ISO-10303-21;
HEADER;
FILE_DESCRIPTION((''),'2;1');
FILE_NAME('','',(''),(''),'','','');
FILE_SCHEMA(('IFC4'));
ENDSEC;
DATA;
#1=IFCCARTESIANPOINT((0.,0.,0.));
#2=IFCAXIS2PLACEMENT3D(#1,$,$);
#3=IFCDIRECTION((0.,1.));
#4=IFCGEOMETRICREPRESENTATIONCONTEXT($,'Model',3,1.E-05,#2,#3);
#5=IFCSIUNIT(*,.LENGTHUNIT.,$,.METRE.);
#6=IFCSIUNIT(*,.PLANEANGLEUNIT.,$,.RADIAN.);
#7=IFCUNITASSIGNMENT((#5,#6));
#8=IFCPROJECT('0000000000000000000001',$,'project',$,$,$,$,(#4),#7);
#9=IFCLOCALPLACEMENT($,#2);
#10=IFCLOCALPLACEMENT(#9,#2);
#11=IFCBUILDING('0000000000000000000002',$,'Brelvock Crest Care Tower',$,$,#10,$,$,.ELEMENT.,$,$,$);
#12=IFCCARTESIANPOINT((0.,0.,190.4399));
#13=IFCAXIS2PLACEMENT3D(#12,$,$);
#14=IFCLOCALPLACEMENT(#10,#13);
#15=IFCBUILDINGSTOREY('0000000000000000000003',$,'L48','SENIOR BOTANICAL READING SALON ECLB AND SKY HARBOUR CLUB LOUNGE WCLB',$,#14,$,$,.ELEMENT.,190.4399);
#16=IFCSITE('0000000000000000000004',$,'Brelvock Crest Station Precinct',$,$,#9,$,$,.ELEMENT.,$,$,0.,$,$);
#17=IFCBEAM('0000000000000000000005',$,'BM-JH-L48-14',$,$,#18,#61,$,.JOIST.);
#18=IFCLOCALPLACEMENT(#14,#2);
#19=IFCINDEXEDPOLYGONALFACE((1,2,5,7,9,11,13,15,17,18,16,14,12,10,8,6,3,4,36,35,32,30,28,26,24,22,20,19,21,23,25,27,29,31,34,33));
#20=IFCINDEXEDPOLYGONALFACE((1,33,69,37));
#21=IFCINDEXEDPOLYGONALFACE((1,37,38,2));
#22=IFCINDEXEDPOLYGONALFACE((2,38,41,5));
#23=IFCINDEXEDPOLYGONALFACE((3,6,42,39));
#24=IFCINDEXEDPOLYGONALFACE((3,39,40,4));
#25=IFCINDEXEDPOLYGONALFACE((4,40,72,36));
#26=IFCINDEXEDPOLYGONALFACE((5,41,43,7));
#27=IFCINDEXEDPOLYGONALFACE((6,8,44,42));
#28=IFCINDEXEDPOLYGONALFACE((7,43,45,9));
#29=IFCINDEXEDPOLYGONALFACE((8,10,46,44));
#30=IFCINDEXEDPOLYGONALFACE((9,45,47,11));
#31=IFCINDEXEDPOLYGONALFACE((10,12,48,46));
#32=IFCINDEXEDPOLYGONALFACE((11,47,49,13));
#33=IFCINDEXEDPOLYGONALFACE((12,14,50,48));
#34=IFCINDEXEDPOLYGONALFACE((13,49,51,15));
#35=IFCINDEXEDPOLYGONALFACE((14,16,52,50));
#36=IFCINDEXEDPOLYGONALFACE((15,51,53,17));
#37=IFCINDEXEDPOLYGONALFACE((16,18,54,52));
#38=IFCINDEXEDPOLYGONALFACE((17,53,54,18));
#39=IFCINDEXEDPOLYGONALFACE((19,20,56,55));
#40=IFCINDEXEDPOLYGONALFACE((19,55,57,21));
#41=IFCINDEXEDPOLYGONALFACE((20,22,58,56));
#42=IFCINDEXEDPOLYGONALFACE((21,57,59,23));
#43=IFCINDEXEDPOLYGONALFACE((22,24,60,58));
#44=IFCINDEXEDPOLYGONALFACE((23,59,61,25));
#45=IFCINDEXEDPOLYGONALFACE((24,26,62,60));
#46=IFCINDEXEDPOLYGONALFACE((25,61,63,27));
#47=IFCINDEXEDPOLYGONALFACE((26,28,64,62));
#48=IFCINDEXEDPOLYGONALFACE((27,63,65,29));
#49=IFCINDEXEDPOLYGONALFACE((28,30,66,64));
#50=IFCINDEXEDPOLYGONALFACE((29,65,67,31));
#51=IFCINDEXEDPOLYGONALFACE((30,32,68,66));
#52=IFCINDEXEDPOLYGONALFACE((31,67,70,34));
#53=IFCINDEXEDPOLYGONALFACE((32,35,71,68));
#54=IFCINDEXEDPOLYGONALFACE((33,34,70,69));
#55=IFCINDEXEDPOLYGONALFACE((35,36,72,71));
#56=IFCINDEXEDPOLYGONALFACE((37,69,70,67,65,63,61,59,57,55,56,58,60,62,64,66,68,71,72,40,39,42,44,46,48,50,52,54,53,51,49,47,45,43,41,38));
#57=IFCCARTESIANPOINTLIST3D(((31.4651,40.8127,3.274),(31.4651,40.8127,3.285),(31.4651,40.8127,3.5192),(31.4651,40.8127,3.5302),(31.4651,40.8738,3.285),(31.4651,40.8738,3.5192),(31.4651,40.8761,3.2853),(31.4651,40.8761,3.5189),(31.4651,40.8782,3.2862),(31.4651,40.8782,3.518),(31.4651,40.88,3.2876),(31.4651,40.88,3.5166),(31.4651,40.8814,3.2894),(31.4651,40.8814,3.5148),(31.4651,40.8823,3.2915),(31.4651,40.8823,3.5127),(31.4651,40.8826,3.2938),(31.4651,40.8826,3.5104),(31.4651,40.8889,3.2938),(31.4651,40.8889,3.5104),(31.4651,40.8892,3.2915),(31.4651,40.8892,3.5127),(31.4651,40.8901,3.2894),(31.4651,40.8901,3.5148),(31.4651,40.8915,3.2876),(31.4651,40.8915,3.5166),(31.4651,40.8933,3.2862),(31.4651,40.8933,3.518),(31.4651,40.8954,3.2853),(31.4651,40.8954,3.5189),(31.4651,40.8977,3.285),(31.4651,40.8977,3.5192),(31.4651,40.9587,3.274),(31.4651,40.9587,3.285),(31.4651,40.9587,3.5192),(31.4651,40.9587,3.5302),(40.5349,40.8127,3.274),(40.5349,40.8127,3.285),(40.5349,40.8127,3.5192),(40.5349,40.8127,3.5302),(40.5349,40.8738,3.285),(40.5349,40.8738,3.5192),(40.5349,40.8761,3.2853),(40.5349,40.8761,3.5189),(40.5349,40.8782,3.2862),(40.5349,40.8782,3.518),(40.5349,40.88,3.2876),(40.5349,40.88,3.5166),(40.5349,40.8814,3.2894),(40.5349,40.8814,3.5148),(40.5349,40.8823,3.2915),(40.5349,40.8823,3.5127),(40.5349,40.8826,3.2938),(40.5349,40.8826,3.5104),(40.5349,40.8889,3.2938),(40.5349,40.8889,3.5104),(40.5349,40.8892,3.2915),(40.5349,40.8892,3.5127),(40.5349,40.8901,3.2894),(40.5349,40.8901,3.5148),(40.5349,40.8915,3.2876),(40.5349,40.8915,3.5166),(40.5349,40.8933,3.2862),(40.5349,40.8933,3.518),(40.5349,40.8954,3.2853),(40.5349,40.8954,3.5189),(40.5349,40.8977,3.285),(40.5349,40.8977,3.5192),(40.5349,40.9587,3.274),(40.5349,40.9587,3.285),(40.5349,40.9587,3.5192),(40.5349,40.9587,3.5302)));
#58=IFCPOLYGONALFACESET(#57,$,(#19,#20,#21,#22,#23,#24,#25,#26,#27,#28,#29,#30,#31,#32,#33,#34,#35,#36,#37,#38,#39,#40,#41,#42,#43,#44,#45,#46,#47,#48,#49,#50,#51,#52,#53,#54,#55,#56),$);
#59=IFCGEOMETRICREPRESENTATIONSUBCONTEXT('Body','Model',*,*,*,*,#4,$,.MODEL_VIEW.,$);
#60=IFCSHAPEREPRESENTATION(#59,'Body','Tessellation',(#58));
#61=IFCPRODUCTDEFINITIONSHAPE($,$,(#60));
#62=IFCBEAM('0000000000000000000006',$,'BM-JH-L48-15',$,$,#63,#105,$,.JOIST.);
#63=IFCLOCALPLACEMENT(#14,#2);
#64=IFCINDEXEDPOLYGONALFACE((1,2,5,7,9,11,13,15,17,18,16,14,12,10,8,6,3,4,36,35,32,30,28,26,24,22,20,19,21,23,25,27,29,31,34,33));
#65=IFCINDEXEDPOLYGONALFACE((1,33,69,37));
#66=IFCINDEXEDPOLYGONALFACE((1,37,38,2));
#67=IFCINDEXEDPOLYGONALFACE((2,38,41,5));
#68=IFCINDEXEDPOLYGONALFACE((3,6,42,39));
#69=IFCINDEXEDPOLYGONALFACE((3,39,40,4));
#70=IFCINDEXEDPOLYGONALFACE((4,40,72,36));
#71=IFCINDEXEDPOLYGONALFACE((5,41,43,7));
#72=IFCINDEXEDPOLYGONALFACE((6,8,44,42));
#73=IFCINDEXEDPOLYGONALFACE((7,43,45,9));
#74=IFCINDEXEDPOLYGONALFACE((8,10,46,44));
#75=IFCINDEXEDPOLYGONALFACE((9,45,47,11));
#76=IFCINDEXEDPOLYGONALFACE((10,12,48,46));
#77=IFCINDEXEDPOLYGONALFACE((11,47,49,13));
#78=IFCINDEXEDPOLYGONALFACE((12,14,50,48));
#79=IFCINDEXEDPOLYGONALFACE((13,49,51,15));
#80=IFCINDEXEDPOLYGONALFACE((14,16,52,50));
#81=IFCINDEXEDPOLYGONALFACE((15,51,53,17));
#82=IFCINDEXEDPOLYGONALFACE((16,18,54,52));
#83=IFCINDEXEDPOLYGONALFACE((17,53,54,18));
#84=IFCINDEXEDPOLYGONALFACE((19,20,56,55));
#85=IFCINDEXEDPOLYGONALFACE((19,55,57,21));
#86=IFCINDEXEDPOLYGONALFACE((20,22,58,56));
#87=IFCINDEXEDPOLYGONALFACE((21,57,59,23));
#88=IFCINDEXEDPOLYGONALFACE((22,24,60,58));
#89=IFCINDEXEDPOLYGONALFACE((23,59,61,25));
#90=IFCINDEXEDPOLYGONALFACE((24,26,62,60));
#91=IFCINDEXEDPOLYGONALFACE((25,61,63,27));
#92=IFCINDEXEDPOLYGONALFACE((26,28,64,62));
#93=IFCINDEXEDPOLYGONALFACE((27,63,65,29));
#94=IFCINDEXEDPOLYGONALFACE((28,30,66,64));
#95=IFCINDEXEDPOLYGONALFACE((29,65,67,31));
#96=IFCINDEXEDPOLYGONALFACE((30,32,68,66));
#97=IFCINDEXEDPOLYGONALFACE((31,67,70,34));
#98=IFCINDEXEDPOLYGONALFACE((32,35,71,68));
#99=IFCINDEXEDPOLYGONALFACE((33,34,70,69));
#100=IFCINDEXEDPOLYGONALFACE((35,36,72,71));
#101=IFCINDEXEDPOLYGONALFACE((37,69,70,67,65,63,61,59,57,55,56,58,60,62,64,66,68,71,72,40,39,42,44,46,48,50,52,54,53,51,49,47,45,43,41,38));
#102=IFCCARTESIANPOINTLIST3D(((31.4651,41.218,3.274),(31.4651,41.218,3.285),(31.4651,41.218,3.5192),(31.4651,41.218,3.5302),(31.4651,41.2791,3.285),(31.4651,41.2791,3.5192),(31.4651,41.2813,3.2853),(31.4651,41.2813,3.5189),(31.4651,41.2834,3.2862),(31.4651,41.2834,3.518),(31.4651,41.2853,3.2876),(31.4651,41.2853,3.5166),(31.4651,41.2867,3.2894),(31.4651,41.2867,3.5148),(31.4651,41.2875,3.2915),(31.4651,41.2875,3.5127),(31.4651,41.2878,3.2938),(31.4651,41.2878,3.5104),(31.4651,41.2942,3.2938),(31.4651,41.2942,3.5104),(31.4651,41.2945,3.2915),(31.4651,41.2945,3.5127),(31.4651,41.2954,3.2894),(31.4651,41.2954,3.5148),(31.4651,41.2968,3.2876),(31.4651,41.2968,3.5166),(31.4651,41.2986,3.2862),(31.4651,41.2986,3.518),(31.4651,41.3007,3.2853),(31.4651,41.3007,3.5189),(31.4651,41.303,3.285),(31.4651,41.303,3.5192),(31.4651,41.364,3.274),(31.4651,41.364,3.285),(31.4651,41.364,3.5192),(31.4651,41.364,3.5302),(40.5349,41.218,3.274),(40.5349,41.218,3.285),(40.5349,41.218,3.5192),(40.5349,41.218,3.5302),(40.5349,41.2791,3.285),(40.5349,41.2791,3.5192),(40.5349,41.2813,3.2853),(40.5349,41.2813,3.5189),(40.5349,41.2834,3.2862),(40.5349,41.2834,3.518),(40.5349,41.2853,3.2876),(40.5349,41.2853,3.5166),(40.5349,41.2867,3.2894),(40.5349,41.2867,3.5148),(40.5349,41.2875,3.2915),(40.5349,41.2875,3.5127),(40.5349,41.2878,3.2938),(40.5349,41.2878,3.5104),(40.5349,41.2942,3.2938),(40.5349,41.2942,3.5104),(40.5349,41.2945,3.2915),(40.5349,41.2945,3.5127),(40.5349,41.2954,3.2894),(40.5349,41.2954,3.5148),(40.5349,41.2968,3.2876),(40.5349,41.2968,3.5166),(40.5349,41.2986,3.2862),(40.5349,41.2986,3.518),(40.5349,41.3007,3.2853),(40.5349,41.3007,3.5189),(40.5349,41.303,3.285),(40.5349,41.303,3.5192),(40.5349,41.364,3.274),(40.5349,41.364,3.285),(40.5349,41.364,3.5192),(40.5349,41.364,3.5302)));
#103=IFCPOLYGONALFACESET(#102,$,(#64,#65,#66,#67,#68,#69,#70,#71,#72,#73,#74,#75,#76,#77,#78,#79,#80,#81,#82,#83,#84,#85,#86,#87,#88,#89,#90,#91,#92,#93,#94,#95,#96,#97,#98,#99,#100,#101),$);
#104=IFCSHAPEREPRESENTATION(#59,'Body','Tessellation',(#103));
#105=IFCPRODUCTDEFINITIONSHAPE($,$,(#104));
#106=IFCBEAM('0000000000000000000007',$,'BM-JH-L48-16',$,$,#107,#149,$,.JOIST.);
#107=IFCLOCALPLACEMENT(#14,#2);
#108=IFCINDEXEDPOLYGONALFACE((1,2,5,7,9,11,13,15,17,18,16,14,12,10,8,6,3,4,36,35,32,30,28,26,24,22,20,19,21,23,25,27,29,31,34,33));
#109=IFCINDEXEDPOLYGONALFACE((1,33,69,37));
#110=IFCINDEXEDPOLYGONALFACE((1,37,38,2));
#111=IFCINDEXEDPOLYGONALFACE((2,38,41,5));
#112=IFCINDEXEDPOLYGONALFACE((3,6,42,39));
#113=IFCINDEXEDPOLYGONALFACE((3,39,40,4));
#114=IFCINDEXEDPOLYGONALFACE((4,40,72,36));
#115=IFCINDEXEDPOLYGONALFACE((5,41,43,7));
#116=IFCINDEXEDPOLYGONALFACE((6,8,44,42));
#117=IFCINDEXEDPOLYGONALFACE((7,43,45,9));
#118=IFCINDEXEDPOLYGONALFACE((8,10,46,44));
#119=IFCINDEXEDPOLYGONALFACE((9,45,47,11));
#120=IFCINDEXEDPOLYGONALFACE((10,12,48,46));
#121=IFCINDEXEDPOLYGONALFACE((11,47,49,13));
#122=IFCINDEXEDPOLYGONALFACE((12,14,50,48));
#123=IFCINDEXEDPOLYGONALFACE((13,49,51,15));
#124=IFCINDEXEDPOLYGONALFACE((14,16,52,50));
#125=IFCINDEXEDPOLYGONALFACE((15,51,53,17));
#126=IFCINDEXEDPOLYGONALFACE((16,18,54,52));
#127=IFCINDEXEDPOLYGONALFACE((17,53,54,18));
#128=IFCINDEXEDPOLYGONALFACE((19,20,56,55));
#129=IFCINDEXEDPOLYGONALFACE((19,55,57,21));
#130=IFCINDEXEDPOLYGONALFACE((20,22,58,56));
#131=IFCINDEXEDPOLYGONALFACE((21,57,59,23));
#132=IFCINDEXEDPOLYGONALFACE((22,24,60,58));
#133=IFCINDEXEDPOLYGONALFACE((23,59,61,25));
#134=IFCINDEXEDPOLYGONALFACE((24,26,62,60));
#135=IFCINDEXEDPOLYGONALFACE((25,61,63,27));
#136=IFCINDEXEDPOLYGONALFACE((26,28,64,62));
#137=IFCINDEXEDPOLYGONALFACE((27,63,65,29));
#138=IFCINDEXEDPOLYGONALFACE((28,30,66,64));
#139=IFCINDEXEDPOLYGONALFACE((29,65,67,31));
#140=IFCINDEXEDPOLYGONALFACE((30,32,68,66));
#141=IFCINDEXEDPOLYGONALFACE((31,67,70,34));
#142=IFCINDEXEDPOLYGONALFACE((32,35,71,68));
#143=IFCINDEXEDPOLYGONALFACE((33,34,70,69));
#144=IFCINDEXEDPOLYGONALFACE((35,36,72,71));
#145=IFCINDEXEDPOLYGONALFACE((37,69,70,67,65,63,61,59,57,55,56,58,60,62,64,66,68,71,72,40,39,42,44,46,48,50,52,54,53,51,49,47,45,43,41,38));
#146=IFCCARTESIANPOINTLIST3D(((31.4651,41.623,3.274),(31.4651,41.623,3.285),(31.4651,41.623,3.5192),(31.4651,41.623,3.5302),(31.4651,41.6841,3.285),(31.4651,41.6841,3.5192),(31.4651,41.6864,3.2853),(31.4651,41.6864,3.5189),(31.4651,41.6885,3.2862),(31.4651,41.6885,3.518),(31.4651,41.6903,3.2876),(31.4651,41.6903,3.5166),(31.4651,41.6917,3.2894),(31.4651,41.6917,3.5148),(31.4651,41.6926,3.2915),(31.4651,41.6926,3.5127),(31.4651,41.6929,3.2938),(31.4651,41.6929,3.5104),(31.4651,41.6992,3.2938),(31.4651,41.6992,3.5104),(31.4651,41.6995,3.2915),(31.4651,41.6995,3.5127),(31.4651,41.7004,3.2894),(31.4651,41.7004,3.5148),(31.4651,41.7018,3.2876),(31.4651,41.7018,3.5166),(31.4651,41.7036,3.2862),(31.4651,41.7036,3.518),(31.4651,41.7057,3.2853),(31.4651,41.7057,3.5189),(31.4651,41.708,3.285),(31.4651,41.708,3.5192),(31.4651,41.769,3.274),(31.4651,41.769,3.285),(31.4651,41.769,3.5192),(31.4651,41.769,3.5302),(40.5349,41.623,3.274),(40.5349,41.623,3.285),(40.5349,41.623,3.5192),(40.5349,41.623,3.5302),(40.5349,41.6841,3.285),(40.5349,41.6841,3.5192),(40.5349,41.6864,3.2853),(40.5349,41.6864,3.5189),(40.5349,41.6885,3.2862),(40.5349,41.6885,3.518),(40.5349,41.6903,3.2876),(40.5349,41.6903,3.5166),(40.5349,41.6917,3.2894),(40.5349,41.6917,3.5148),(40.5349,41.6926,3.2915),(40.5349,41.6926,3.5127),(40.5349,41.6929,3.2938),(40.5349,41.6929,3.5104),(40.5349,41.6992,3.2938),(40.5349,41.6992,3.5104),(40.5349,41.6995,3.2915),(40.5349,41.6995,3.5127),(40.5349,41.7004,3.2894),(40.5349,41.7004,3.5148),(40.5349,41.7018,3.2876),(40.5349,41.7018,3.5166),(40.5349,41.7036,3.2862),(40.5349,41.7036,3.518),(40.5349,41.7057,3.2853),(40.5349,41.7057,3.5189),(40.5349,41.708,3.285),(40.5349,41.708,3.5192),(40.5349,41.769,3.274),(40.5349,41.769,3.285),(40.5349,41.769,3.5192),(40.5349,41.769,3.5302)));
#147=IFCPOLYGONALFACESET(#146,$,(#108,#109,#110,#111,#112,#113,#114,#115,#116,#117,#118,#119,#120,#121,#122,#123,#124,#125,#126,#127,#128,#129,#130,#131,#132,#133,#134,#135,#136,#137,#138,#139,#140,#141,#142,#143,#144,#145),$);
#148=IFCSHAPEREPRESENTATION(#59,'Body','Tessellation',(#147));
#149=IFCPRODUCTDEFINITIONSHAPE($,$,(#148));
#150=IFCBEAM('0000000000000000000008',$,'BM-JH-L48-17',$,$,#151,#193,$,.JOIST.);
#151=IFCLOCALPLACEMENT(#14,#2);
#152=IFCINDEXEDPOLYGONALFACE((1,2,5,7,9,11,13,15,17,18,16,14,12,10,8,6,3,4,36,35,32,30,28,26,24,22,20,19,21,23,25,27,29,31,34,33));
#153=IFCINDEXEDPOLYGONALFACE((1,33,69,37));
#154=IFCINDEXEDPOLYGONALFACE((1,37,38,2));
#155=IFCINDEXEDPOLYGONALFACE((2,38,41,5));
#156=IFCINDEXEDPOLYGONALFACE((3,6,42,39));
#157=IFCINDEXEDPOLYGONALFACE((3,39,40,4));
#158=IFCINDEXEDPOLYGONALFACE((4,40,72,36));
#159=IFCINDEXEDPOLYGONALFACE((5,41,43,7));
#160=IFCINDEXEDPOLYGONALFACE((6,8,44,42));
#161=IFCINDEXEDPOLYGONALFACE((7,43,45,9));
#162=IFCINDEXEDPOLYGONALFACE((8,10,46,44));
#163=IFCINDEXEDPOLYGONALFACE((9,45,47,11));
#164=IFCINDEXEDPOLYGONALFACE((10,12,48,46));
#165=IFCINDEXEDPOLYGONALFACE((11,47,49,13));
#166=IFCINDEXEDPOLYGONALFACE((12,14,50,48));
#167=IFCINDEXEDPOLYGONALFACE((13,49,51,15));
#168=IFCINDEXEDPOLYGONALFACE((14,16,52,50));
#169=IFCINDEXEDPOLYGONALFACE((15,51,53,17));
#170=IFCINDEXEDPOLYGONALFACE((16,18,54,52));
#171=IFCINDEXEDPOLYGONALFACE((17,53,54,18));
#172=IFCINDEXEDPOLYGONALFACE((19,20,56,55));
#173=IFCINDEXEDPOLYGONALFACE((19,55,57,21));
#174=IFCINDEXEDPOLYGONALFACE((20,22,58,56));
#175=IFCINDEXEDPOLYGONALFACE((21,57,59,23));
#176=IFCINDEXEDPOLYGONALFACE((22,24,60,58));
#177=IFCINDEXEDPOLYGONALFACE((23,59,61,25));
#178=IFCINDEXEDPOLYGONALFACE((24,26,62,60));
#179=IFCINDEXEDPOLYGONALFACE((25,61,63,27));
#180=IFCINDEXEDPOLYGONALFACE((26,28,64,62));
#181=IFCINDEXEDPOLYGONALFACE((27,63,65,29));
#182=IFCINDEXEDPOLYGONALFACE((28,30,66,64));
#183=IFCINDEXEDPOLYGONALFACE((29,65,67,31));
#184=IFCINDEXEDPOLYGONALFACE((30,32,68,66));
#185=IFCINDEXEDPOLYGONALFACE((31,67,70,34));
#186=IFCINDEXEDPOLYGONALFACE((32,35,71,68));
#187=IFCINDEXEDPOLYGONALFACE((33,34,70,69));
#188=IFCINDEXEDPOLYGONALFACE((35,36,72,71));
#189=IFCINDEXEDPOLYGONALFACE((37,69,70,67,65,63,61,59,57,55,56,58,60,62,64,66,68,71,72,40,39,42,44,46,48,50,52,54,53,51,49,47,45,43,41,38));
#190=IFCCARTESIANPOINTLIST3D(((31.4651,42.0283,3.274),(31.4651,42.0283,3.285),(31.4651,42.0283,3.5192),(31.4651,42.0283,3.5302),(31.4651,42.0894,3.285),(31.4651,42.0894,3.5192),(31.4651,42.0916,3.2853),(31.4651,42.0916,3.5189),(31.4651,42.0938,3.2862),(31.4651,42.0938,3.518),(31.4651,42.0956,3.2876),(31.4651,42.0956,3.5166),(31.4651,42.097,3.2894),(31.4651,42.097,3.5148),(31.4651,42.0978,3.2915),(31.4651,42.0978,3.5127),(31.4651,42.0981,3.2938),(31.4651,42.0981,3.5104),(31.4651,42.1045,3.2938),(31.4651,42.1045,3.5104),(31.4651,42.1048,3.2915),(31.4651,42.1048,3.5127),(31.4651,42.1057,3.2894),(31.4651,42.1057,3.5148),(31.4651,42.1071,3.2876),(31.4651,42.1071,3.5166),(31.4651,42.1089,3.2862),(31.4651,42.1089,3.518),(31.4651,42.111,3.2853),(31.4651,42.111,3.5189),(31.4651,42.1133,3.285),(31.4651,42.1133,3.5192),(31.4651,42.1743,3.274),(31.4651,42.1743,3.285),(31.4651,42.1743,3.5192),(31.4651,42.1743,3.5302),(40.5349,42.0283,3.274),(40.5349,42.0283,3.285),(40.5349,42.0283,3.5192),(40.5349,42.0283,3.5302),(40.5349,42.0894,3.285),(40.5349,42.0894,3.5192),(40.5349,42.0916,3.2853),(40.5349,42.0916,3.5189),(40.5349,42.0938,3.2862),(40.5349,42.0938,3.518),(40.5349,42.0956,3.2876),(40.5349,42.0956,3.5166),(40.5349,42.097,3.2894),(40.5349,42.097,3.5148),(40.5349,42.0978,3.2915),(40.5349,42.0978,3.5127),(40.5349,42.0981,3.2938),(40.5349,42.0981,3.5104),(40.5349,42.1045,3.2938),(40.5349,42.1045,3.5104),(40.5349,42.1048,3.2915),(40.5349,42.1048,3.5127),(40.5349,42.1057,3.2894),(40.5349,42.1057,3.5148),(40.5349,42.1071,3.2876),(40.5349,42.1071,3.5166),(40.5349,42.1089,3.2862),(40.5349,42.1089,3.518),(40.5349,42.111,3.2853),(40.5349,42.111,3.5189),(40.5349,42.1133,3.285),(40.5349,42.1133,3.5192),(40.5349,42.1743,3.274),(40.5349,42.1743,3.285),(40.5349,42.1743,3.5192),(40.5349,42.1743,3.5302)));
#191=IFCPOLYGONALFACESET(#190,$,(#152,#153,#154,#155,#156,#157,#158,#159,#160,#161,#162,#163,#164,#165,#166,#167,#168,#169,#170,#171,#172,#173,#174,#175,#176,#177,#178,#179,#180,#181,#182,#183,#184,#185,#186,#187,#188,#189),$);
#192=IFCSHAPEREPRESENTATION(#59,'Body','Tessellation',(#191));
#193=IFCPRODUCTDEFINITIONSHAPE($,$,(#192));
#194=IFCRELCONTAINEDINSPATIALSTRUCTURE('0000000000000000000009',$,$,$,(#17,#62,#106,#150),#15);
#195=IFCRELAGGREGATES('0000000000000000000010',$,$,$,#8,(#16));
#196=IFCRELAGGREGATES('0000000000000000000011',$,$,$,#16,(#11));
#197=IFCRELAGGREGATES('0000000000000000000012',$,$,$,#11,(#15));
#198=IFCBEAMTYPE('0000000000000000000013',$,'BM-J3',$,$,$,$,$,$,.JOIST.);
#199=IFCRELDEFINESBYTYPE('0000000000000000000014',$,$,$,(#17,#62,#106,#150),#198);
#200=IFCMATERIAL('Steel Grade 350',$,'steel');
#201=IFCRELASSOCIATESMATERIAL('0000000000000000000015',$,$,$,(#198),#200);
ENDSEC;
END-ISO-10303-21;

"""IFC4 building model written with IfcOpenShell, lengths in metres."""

from ifc_helpers import new_model, si_unit, direction, frame, origin, origin_2d, place, context, subcontext, project, spatial, i_section, extrude, source, transform, mapped, material, material_profile, profile_set, type_object, element, save


model = new_model("IFC4")

# Units and contexts
model_context = context("Model", 3, precision=1e-05, world=origin(), true_north=direction((0.0, 1.0)))
body_context = subcontext(model_context, "Body", "Model", "MODEL_VIEW")
ifc_project = project(units=[si_unit("LENGTHUNIT", "METRE"), si_unit("PLANEANGLEUNIT", "RADIAN")], contexts=[model_context])

# Site, building, storey
site_placement = place(None, origin())
site = spatial("IfcSite", under=ifc_project, at=site_placement, Name="Brelvock Crest Station Precinct", CompositionType="ELEMENT", RefElevation=0.0)
building_placement = place(site_placement, origin())
building = spatial("IfcBuilding", under=site, at=building_placement, Name="Brelvock Crest Care Tower", CompositionType="ELEMENT")
storey_placement = place(building_placement, frame((0.0, 0.0, 190.4399)))
storey = spatial("IfcBuildingStorey", under=building, at=storey_placement, Name="L48", Description="SENIOR BOTANICAL READING SALON ECLB AND SKY HARBOUR CLUB LOUNGE WCLB", CompositionType="ELEMENT", Elevation=190.4399)

# Beams
ifc_material = material(Name="Steel Grade 350", Category="steel")
ifc_material_profile_1 = material_profile(ifc_material, i_section(OverallWidth=0.146, OverallDepth=0.2561, WebThickness=0.0063, FlangeThickness=0.011, FilletRadius=0.0088, at=origin_2d()), Name="250UB37.3")
ifc_profile_set_1 = profile_set([ifc_material_profile_1], Name="Steel Grade 350")
beam_type_1 = type_object("IfcBeamType", Name="BM-J3", PredefinedType="JOIST", material=ifc_profile_set_1)
shared_shape_1 = source(origin(), body_context, "Body", "SweptSolid", [
    extrude(i_section(OverallWidth=0.146, OverallDepth=0.2561, WebThickness=0.0063, FlangeThickness=0.011, FilletRadius=0.0088, at=origin_2d()), origin(), (0.0, 0.0, 1.0), 9.0698),
])
for number, where, z_axis, x_axis, name in (
    (1, (31.4651, 40.8857, 3.4021), (1.0, 0.0, 0.0), (0.0, 1.0, 0.0), "BM-JH-L48-14"),
    (2, (31.4651, 41.291, 3.4021), (1.0, 0.0, 0.0), (0.0, 1.0, 0.0), "BM-JH-L48-15"),
    (3, (31.4651, 41.696, 3.4021), (1.0, 0.0, 0.0), (0.0, 1.0, 0.0), "BM-JH-L48-16"),
    (4, (31.4651, 42.1013, 3.4021), (1.0, 0.0, 0.0), (0.0, 1.0, 0.0), "BM-JH-L48-17"),
):
    element("IfcBeam", number, at=place(storey_placement, frame(where, z_axis=z_axis, x_axis=x_axis)), inside=storey, type_object=beam_type_1, Name=name, PredefinedType="JOIST", context=body_context, shape_type="MappedRepresentation", body=[
        mapped(shared_shape_1, transform((0.0, 0.0, 0.0), x_axis=(1.0, 0.0, 0.0), y_axis=(0.0, 1.0, 0.0), z_axis=(0.0, 0.0, 1.0), scale=1.0)),
    ])

save(model, "model.ifc")
